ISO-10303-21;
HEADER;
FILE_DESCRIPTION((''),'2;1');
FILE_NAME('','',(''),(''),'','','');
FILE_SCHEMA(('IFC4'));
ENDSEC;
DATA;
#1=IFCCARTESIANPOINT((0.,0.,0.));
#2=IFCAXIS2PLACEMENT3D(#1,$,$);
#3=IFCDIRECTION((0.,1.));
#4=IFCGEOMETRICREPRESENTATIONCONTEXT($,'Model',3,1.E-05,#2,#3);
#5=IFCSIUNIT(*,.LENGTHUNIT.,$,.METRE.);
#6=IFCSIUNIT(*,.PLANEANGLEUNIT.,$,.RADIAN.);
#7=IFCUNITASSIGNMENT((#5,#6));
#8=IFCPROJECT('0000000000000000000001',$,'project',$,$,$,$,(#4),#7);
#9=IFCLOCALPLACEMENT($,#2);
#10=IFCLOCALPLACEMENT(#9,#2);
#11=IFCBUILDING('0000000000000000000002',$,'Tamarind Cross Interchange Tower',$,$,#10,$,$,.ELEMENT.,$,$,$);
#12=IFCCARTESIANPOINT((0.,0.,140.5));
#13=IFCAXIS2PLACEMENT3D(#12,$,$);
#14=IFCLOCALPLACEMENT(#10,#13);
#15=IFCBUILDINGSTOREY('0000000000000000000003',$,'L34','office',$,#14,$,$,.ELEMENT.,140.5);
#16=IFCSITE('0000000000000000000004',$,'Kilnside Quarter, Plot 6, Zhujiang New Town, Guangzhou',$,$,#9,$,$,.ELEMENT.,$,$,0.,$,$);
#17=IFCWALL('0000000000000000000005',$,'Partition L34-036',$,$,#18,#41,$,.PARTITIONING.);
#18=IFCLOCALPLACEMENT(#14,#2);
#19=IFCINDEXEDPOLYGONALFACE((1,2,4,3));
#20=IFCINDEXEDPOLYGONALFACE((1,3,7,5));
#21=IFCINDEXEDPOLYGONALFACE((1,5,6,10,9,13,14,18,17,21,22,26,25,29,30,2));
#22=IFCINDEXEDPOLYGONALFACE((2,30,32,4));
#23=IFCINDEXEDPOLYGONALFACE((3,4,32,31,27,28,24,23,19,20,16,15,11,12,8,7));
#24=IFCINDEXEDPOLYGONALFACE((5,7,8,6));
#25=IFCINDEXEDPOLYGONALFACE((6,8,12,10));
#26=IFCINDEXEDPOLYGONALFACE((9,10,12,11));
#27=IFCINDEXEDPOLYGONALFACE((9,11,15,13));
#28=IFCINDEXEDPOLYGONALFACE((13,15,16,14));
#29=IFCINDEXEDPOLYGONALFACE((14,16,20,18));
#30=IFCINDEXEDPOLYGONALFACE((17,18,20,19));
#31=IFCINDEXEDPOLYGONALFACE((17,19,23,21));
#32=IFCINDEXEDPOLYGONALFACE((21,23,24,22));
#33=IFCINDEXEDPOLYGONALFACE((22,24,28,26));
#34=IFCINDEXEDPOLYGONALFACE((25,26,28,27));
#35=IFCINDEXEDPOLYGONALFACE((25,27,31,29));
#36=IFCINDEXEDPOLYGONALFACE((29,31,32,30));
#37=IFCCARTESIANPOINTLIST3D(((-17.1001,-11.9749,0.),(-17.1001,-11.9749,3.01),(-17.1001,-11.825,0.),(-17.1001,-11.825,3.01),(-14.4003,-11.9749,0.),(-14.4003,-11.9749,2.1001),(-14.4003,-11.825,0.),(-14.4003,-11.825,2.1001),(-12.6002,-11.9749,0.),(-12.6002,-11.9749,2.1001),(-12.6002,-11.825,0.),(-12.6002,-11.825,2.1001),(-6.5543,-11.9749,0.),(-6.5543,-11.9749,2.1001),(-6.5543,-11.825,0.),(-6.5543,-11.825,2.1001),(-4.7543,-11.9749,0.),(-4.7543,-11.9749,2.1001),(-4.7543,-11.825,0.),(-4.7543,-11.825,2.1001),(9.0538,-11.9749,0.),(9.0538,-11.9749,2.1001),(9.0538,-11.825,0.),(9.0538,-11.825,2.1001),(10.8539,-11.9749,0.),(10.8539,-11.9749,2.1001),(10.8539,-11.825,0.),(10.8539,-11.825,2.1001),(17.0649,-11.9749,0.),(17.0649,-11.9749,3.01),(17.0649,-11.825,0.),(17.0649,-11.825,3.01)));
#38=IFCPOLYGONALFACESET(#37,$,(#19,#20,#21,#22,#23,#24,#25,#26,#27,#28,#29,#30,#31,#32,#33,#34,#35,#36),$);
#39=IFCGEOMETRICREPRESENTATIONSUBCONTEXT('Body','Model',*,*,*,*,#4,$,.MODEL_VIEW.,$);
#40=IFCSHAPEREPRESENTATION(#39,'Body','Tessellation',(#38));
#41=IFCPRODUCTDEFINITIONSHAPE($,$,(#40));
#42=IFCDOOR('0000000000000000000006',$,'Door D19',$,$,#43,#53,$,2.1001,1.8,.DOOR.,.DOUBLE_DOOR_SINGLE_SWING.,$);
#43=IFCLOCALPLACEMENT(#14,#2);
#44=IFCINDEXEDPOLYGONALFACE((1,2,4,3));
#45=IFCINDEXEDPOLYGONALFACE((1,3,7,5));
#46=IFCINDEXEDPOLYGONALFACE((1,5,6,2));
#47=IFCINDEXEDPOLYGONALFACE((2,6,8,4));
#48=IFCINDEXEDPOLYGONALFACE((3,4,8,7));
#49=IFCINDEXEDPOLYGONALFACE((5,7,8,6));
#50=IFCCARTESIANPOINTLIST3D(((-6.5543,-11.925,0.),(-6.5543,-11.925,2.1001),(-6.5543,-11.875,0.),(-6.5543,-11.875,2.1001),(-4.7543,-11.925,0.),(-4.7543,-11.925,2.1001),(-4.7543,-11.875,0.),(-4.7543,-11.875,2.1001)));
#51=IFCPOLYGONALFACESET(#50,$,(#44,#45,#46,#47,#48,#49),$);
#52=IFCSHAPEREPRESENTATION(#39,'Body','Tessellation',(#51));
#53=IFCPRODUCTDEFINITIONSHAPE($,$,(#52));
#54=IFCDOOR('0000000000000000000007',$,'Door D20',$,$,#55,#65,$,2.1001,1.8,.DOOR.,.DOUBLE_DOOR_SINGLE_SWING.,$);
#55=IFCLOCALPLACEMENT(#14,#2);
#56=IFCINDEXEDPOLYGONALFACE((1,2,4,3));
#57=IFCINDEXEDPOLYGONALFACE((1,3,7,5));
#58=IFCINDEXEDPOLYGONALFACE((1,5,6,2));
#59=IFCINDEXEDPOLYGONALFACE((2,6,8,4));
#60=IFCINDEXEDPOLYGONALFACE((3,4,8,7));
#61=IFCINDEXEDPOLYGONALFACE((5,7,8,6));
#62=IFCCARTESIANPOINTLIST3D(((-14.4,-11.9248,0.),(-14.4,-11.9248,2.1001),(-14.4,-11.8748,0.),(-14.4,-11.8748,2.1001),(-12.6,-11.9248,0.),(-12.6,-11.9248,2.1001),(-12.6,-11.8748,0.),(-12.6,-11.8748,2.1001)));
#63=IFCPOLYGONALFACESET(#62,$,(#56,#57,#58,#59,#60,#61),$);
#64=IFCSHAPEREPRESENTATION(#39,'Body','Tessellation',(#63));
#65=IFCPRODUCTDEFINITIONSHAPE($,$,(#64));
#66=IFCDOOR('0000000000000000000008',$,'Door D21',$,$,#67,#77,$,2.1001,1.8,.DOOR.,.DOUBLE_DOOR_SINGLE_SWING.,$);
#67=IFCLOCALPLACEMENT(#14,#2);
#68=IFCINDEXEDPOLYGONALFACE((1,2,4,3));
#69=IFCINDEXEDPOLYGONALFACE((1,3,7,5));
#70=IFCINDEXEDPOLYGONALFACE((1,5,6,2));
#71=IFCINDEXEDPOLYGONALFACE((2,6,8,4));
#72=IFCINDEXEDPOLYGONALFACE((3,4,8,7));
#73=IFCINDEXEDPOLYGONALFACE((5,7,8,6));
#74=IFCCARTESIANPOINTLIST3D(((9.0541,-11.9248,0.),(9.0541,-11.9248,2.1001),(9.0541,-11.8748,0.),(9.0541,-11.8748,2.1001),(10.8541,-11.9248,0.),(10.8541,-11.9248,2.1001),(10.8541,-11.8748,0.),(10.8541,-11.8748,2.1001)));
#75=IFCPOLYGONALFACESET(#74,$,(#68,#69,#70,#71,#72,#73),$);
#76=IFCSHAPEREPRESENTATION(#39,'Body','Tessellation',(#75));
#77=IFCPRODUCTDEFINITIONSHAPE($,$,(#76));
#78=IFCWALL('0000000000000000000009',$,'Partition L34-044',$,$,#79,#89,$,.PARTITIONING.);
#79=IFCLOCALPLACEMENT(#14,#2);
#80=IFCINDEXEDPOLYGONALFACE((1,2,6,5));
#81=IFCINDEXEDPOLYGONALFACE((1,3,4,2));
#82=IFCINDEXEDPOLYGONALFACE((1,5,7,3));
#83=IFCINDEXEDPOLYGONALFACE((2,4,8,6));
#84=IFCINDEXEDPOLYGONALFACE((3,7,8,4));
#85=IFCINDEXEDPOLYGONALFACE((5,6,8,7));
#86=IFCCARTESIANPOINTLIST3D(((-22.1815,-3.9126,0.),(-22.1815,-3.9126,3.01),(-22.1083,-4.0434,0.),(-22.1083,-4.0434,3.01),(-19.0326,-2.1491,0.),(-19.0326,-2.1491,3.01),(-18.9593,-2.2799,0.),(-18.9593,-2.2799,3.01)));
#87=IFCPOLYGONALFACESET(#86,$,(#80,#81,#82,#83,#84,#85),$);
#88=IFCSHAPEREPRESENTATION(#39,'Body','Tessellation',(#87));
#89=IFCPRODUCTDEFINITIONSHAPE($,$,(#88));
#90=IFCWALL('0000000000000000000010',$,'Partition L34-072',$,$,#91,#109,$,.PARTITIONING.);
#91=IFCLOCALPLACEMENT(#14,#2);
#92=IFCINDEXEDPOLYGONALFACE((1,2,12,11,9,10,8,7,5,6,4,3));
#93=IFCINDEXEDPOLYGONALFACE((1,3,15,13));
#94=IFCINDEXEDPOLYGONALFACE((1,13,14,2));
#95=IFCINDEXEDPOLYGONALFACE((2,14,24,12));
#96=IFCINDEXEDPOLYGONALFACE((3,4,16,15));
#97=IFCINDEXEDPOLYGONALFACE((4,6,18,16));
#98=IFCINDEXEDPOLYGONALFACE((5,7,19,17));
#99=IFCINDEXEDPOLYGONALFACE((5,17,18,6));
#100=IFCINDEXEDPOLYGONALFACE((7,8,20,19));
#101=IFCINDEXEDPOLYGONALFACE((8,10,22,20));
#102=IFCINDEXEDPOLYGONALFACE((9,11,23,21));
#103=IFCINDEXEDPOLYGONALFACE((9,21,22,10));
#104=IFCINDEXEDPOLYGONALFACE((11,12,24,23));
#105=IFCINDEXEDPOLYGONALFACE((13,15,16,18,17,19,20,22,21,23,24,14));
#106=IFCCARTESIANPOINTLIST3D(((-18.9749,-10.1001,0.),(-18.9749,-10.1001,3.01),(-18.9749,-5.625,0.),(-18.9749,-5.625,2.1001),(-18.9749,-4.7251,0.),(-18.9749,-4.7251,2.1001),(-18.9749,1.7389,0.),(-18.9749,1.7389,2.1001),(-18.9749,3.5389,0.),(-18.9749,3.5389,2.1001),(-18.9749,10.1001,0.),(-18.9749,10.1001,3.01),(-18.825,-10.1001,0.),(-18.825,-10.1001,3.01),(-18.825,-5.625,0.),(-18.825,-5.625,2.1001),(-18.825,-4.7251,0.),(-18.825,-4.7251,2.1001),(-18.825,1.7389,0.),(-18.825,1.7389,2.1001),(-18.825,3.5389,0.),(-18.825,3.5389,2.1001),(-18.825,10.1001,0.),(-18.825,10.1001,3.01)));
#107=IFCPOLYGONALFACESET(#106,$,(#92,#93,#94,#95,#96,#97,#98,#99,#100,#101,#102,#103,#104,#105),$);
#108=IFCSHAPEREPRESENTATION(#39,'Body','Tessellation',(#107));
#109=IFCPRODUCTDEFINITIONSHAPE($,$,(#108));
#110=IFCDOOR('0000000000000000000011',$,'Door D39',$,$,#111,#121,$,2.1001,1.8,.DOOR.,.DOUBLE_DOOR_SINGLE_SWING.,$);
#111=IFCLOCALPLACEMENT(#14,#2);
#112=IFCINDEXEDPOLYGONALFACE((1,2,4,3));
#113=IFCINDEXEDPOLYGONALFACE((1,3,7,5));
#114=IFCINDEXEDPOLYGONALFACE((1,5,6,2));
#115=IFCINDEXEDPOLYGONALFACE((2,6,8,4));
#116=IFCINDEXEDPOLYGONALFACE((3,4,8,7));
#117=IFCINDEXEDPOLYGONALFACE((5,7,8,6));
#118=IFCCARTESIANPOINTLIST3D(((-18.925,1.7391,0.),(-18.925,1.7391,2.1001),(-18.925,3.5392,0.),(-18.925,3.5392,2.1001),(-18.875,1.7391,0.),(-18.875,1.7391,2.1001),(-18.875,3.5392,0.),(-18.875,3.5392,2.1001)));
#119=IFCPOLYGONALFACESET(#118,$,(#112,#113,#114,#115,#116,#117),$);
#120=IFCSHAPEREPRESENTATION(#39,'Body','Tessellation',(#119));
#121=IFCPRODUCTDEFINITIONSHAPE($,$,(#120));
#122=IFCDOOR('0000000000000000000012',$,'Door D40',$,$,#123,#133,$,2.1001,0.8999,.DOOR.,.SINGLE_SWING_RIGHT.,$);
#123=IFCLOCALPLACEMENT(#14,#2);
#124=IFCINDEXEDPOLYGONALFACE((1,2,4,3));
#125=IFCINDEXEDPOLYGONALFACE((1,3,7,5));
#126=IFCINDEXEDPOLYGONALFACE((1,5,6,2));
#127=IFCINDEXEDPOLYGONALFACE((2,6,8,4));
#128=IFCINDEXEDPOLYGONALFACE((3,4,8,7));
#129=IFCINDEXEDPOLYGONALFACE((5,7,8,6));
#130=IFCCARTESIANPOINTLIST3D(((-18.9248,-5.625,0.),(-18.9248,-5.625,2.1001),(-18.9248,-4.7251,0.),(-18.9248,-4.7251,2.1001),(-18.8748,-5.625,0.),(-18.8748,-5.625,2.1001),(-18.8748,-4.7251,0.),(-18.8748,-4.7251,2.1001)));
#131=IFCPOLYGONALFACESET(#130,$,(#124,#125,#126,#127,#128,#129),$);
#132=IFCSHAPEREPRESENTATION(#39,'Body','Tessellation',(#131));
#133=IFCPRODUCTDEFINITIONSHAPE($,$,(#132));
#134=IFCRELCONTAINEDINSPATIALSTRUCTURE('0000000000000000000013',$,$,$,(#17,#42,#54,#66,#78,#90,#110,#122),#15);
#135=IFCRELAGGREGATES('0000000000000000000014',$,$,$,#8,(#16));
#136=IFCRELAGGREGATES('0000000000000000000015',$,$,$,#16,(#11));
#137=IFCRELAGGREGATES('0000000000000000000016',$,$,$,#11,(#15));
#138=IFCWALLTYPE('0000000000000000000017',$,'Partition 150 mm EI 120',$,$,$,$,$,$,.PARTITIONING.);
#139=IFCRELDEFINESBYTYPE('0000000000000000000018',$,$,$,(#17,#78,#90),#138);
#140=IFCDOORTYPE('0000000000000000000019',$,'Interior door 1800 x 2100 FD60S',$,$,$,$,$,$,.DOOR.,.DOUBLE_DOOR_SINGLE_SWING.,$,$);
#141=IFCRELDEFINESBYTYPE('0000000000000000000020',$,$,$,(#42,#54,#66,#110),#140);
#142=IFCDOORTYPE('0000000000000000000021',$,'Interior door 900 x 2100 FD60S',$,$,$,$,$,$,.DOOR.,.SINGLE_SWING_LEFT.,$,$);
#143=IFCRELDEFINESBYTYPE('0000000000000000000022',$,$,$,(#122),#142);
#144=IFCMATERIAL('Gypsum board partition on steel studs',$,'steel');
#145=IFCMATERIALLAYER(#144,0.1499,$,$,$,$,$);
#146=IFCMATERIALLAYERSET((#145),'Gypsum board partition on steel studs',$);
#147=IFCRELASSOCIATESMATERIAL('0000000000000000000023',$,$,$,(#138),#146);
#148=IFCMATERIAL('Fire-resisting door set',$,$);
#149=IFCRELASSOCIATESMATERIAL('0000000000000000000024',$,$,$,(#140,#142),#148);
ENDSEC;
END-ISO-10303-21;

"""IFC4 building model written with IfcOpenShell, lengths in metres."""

from ifc_helpers import new_model, si_unit, direction, frame, frame_2d, origin, place, context, subcontext, project, spatial, rectangle, extrude, material, layer, layer_set, type_object, element, fill, save


model = new_model("IFC4")

# Units and contexts
model_context = context("Model", 3, precision=1e-05, world=origin(), true_north=direction((0.0, 1.0)))
body_context = subcontext(model_context, "Body", "Model", "MODEL_VIEW")
ifc_project = project(units=[si_unit("LENGTHUNIT", "METRE"), si_unit("PLANEANGLEUNIT", "RADIAN")], contexts=[model_context])

# Site, building, storey
site_placement = place(None, origin())
site = spatial("IfcSite", under=ifc_project, at=site_placement, Name="Kilnside Quarter, Plot 6, Zhujiang New Town, Guangzhou", CompositionType="ELEMENT", RefElevation=0.0)
building_placement = place(site_placement, origin())
building = spatial("IfcBuilding", under=site, at=building_placement, Name="Tamarind Cross Interchange Tower", CompositionType="ELEMENT")
storey_placement = place(building_placement, frame((0.0, 0.0, 140.5)))
storey = spatial("IfcBuildingStorey", under=building, at=storey_placement, Name="L34", Description="office", CompositionType="ELEMENT", Elevation=140.5)

# Shared definitions
ifc_material_1 = material(Name="Gypsum board partition on steel studs", Category="steel")
ifc_layer_1 = layer(ifc_material_1, 0.1499)
ifc_layer_set_1 = layer_set([ifc_layer_1], Name="Gypsum board partition on steel studs")
wall_type = type_object("IfcWallType", Name="Partition 150 mm EI 120", PredefinedType="PARTITIONING", material=ifc_layer_set_1)

# Wall, openings, doors
wall_1_placement = place(storey_placement, frame((-17.1001, -11.8999, 0.0), z_axis=(0.0, 0.0, 1.0), x_axis=(1.0, 0.0, 0.0)))
wall_1 = element("IfcWall", 1, at=wall_1_placement, inside=storey, type_object=wall_type, Name="Partition L34-036", PredefinedType="PARTITIONING", context=body_context, shape_type="SweptSolid", body=[
    extrude(rectangle(XDim=34.165, YDim=0.1499, at=frame_2d((17.0825, 0.0))), origin(), (0.0, 0.0, 1.0), 3.01),
])
opening_1_placement = place(wall_1_placement, frame((10.5459, 0.0, 0.0)))
opening_1 = element("IfcOpeningElement", 2, at=opening_1_placement, cuts=wall_1, PredefinedType="OPENING", context=body_context, shape_type="SweptSolid", body=[
    extrude(rectangle(XDim=1.8, YDim=2.1001, at=frame_2d((0.8999, 1.05))), frame((0.0, 0.085, 0.0), z_axis=(0.0, -1.0, 0.0), x_axis=(1.0, 0.0, 0.0)), (0.0, 0.0, 1.0), 0.1699),
])
opening_2_placement = place(wall_1_placement, frame((2.7, 0.0, 0.0)))
opening_2 = element("IfcOpeningElement", 3, at=opening_2_placement, cuts=wall_1, PredefinedType="OPENING", context=body_context, shape_type="SweptSolid", body=[
    extrude(rectangle(XDim=1.8, YDim=2.1001, at=frame_2d((0.8999, 1.05))), frame((0.0, 0.085, 0.0), z_axis=(0.0, -1.0, 0.0), x_axis=(1.0, 0.0, 0.0)), (0.0, 0.0, 1.0), 0.1699),
])
opening_3_placement = place(wall_1_placement, frame((26.1541, 0.0, 0.0)))
opening_3 = element("IfcOpeningElement", 4, at=opening_3_placement, cuts=wall_1, PredefinedType="OPENING", context=body_context, shape_type="SweptSolid", body=[
    extrude(rectangle(XDim=1.8, YDim=2.1001, at=frame_2d((0.8999, 1.05))), frame((0.0, 0.085, 0.0), z_axis=(0.0, -1.0, 0.0), x_axis=(1.0, 0.0, 0.0)), (0.0, 0.0, 1.0), 0.1699),
])
ifc_material_2 = material(Name="Fire-resisting door set")
door_type_1 = type_object("IfcDoorType", Name="Interior door 1800 x 2100 FD60S", OperationType="DOUBLE_DOOR_SINGLE_SWING", PredefinedType="DOOR", material=ifc_material_2)
door_1_placement = place(opening_1_placement, origin())
door_1 = element("IfcDoor", 5, at=door_1_placement, inside=storey, type_object=door_type_1, Name="Door D19", OperationType="DOUBLE_DOOR_SINGLE_SWING", OverallHeight=2.1001, OverallWidth=1.8, PredefinedType="DOOR", context=body_context, shape_type="SweptSolid", body=[
    extrude(rectangle(XDim=1.8, YDim=2.1001, at=frame_2d((0.8999, 1.05))), frame((0.0, 0.0249, 0.0), z_axis=(0.0, -1.0, 0.0), x_axis=(1.0, 0.0, 0.0)), (0.0, 0.0, 1.0), 0.05),
])
fill(opening_1, door_1)
door_2_placement = place(opening_2_placement, frame((1.8, 0.0, 0.0), z_axis=(0.0, 0.0, 1.0), x_axis=(-1.0, 0.0, 0.0)))
door_2 = element("IfcDoor", 6, at=door_2_placement, inside=storey, type_object=door_type_1, Name="Door D20", OperationType="DOUBLE_DOOR_SINGLE_SWING", OverallHeight=2.1001, OverallWidth=1.8, PredefinedType="DOOR", context=body_context, shape_type="SweptSolid", body=[
    extrude(rectangle(XDim=1.8, YDim=2.1001, at=frame_2d((0.8999, 1.05))), frame((0.0, 0.0249, 0.0), z_axis=(0.0, -1.0, 0.0), x_axis=(1.0, 0.0, 0.0)), (0.0, 0.0, 1.0), 0.05),
])
fill(opening_2, door_2)
door_3_placement = place(opening_3_placement, frame((1.8, 0.0, 0.0), z_axis=(0.0, 0.0, 1.0), x_axis=(-1.0, 0.0, 0.0)))
door_3 = element("IfcDoor", 7, at=door_3_placement, inside=storey, type_object=door_type_1, Name="Door D21", OperationType="DOUBLE_DOOR_SINGLE_SWING", OverallHeight=2.1001, OverallWidth=1.8, PredefinedType="DOOR", context=body_context, shape_type="SweptSolid", body=[
    extrude(rectangle(XDim=1.8, YDim=2.1001, at=frame_2d((0.8999, 1.05))), frame((0.0, 0.0249, 0.0), z_axis=(0.0, -1.0, 0.0), x_axis=(1.0, 0.0, 0.0)), (0.0, 0.0, 1.0), 0.05),
])
fill(opening_3, door_3)

# Wall
wall_2_placement = place(storey_placement, frame((-22.145, -3.978, 0.0), z_axis=(0.0, 0.0, 1.0), x_axis=(0.872503, 0.48861, 0.0)))
element("IfcWall", 8, at=wall_2_placement, inside=storey, type_object=wall_type, Name="Partition L34-044", PredefinedType="PARTITIONING", context=body_context, shape_type="SweptSolid", body=[
    extrude(rectangle(XDim=3.6091, YDim=0.1499, at=frame_2d((1.8047, 0.0))), origin(), (0.0, 0.0, 1.0), 3.01),
])

# Wall, openings, doors
wall_3_placement = place(storey_placement, frame((-18.8999, -10.1001, 0.0), z_axis=(0.0, 0.0, 1.0), x_axis=(0.0, 1.0, 0.0)))
wall_3 = element("IfcWall", 9, at=wall_3_placement, inside=storey, type_object=wall_type, Name="Partition L34-072", PredefinedType="PARTITIONING", context=body_context, shape_type="SweptSolid", body=[
    extrude(rectangle(XDim=20.2002, YDim=0.1499, at=frame_2d((10.1001, 0.0))), origin(), (0.0, 0.0, 1.0), 3.01),
])
opening_4_placement = place(wall_3_placement, frame((11.8391, 0.0, 0.0)))
opening_4 = element("IfcOpeningElement", 10, at=opening_4_placement, cuts=wall_3, PredefinedType="OPENING", context=body_context, shape_type="SweptSolid", body=[
    extrude(rectangle(XDim=1.8, YDim=2.1001, at=frame_2d((0.8999, 1.05))), frame((0.0, 0.085, 0.0), z_axis=(0.0, -1.0, 0.0), x_axis=(1.0, 0.0, 0.0)), (0.0, 0.0, 1.0), 0.1699),
])
opening_5_placement = place(wall_3_placement, frame((4.4751, 0.0, 0.0)))
opening_5 = element("IfcOpeningElement", 11, at=opening_5_placement, cuts=wall_3, PredefinedType="OPENING", context=body_context, shape_type="SweptSolid", body=[
    extrude(rectangle(XDim=0.8999, YDim=2.1001, at=frame_2d((0.45, 1.05))), frame((0.0, 0.085, 0.0), z_axis=(0.0, -1.0, 0.0), x_axis=(1.0, 0.0, 0.0)), (0.0, 0.0, 1.0), 0.1699),
])
door_4_placement = place(opening_4_placement, frame((1.8, 0.0, 0.0), z_axis=(0.0, 0.0, 1.0), x_axis=(-1.0, 0.0, 0.0)))
door_4 = element("IfcDoor", 12, at=door_4_placement, inside=storey, type_object=door_type_1, Name="Door D39", OperationType="DOUBLE_DOOR_SINGLE_SWING", OverallHeight=2.1001, OverallWidth=1.8, PredefinedType="DOOR", context=body_context, shape_type="SweptSolid", body=[
    extrude(rectangle(XDim=1.8, YDim=2.1001, at=frame_2d((0.8999, 1.05))), frame((0.0, 0.0249, 0.0), z_axis=(0.0, -1.0, 0.0), x_axis=(1.0, 0.0, 0.0)), (0.0, 0.0, 1.0), 0.05),
])
fill(opening_4, door_4)
door_type_2 = type_object("IfcDoorType", Name="Interior door 900 x 2100 FD60S", OperationType="SINGLE_SWING_LEFT", PredefinedType="DOOR", material=ifc_material_2)
door_5_placement = place(opening_5_placement, origin())
door_5 = element("IfcDoor", 13, at=door_5_placement, inside=storey, type_object=door_type_2, Name="Door D40", OperationType="SINGLE_SWING_RIGHT", OverallHeight=2.1001, OverallWidth=0.8999, PredefinedType="DOOR", context=body_context, shape_type="SweptSolid", body=[
    extrude(rectangle(XDim=0.8999, YDim=2.1001, at=frame_2d((0.45, 1.05))), frame((0.0, 0.0249, 0.0), z_axis=(0.0, -1.0, 0.0), x_axis=(1.0, 0.0, 0.0)), (0.0, 0.0, 1.0), 0.05),
])
fill(opening_5, door_5)

save(model, "model.ifc")
